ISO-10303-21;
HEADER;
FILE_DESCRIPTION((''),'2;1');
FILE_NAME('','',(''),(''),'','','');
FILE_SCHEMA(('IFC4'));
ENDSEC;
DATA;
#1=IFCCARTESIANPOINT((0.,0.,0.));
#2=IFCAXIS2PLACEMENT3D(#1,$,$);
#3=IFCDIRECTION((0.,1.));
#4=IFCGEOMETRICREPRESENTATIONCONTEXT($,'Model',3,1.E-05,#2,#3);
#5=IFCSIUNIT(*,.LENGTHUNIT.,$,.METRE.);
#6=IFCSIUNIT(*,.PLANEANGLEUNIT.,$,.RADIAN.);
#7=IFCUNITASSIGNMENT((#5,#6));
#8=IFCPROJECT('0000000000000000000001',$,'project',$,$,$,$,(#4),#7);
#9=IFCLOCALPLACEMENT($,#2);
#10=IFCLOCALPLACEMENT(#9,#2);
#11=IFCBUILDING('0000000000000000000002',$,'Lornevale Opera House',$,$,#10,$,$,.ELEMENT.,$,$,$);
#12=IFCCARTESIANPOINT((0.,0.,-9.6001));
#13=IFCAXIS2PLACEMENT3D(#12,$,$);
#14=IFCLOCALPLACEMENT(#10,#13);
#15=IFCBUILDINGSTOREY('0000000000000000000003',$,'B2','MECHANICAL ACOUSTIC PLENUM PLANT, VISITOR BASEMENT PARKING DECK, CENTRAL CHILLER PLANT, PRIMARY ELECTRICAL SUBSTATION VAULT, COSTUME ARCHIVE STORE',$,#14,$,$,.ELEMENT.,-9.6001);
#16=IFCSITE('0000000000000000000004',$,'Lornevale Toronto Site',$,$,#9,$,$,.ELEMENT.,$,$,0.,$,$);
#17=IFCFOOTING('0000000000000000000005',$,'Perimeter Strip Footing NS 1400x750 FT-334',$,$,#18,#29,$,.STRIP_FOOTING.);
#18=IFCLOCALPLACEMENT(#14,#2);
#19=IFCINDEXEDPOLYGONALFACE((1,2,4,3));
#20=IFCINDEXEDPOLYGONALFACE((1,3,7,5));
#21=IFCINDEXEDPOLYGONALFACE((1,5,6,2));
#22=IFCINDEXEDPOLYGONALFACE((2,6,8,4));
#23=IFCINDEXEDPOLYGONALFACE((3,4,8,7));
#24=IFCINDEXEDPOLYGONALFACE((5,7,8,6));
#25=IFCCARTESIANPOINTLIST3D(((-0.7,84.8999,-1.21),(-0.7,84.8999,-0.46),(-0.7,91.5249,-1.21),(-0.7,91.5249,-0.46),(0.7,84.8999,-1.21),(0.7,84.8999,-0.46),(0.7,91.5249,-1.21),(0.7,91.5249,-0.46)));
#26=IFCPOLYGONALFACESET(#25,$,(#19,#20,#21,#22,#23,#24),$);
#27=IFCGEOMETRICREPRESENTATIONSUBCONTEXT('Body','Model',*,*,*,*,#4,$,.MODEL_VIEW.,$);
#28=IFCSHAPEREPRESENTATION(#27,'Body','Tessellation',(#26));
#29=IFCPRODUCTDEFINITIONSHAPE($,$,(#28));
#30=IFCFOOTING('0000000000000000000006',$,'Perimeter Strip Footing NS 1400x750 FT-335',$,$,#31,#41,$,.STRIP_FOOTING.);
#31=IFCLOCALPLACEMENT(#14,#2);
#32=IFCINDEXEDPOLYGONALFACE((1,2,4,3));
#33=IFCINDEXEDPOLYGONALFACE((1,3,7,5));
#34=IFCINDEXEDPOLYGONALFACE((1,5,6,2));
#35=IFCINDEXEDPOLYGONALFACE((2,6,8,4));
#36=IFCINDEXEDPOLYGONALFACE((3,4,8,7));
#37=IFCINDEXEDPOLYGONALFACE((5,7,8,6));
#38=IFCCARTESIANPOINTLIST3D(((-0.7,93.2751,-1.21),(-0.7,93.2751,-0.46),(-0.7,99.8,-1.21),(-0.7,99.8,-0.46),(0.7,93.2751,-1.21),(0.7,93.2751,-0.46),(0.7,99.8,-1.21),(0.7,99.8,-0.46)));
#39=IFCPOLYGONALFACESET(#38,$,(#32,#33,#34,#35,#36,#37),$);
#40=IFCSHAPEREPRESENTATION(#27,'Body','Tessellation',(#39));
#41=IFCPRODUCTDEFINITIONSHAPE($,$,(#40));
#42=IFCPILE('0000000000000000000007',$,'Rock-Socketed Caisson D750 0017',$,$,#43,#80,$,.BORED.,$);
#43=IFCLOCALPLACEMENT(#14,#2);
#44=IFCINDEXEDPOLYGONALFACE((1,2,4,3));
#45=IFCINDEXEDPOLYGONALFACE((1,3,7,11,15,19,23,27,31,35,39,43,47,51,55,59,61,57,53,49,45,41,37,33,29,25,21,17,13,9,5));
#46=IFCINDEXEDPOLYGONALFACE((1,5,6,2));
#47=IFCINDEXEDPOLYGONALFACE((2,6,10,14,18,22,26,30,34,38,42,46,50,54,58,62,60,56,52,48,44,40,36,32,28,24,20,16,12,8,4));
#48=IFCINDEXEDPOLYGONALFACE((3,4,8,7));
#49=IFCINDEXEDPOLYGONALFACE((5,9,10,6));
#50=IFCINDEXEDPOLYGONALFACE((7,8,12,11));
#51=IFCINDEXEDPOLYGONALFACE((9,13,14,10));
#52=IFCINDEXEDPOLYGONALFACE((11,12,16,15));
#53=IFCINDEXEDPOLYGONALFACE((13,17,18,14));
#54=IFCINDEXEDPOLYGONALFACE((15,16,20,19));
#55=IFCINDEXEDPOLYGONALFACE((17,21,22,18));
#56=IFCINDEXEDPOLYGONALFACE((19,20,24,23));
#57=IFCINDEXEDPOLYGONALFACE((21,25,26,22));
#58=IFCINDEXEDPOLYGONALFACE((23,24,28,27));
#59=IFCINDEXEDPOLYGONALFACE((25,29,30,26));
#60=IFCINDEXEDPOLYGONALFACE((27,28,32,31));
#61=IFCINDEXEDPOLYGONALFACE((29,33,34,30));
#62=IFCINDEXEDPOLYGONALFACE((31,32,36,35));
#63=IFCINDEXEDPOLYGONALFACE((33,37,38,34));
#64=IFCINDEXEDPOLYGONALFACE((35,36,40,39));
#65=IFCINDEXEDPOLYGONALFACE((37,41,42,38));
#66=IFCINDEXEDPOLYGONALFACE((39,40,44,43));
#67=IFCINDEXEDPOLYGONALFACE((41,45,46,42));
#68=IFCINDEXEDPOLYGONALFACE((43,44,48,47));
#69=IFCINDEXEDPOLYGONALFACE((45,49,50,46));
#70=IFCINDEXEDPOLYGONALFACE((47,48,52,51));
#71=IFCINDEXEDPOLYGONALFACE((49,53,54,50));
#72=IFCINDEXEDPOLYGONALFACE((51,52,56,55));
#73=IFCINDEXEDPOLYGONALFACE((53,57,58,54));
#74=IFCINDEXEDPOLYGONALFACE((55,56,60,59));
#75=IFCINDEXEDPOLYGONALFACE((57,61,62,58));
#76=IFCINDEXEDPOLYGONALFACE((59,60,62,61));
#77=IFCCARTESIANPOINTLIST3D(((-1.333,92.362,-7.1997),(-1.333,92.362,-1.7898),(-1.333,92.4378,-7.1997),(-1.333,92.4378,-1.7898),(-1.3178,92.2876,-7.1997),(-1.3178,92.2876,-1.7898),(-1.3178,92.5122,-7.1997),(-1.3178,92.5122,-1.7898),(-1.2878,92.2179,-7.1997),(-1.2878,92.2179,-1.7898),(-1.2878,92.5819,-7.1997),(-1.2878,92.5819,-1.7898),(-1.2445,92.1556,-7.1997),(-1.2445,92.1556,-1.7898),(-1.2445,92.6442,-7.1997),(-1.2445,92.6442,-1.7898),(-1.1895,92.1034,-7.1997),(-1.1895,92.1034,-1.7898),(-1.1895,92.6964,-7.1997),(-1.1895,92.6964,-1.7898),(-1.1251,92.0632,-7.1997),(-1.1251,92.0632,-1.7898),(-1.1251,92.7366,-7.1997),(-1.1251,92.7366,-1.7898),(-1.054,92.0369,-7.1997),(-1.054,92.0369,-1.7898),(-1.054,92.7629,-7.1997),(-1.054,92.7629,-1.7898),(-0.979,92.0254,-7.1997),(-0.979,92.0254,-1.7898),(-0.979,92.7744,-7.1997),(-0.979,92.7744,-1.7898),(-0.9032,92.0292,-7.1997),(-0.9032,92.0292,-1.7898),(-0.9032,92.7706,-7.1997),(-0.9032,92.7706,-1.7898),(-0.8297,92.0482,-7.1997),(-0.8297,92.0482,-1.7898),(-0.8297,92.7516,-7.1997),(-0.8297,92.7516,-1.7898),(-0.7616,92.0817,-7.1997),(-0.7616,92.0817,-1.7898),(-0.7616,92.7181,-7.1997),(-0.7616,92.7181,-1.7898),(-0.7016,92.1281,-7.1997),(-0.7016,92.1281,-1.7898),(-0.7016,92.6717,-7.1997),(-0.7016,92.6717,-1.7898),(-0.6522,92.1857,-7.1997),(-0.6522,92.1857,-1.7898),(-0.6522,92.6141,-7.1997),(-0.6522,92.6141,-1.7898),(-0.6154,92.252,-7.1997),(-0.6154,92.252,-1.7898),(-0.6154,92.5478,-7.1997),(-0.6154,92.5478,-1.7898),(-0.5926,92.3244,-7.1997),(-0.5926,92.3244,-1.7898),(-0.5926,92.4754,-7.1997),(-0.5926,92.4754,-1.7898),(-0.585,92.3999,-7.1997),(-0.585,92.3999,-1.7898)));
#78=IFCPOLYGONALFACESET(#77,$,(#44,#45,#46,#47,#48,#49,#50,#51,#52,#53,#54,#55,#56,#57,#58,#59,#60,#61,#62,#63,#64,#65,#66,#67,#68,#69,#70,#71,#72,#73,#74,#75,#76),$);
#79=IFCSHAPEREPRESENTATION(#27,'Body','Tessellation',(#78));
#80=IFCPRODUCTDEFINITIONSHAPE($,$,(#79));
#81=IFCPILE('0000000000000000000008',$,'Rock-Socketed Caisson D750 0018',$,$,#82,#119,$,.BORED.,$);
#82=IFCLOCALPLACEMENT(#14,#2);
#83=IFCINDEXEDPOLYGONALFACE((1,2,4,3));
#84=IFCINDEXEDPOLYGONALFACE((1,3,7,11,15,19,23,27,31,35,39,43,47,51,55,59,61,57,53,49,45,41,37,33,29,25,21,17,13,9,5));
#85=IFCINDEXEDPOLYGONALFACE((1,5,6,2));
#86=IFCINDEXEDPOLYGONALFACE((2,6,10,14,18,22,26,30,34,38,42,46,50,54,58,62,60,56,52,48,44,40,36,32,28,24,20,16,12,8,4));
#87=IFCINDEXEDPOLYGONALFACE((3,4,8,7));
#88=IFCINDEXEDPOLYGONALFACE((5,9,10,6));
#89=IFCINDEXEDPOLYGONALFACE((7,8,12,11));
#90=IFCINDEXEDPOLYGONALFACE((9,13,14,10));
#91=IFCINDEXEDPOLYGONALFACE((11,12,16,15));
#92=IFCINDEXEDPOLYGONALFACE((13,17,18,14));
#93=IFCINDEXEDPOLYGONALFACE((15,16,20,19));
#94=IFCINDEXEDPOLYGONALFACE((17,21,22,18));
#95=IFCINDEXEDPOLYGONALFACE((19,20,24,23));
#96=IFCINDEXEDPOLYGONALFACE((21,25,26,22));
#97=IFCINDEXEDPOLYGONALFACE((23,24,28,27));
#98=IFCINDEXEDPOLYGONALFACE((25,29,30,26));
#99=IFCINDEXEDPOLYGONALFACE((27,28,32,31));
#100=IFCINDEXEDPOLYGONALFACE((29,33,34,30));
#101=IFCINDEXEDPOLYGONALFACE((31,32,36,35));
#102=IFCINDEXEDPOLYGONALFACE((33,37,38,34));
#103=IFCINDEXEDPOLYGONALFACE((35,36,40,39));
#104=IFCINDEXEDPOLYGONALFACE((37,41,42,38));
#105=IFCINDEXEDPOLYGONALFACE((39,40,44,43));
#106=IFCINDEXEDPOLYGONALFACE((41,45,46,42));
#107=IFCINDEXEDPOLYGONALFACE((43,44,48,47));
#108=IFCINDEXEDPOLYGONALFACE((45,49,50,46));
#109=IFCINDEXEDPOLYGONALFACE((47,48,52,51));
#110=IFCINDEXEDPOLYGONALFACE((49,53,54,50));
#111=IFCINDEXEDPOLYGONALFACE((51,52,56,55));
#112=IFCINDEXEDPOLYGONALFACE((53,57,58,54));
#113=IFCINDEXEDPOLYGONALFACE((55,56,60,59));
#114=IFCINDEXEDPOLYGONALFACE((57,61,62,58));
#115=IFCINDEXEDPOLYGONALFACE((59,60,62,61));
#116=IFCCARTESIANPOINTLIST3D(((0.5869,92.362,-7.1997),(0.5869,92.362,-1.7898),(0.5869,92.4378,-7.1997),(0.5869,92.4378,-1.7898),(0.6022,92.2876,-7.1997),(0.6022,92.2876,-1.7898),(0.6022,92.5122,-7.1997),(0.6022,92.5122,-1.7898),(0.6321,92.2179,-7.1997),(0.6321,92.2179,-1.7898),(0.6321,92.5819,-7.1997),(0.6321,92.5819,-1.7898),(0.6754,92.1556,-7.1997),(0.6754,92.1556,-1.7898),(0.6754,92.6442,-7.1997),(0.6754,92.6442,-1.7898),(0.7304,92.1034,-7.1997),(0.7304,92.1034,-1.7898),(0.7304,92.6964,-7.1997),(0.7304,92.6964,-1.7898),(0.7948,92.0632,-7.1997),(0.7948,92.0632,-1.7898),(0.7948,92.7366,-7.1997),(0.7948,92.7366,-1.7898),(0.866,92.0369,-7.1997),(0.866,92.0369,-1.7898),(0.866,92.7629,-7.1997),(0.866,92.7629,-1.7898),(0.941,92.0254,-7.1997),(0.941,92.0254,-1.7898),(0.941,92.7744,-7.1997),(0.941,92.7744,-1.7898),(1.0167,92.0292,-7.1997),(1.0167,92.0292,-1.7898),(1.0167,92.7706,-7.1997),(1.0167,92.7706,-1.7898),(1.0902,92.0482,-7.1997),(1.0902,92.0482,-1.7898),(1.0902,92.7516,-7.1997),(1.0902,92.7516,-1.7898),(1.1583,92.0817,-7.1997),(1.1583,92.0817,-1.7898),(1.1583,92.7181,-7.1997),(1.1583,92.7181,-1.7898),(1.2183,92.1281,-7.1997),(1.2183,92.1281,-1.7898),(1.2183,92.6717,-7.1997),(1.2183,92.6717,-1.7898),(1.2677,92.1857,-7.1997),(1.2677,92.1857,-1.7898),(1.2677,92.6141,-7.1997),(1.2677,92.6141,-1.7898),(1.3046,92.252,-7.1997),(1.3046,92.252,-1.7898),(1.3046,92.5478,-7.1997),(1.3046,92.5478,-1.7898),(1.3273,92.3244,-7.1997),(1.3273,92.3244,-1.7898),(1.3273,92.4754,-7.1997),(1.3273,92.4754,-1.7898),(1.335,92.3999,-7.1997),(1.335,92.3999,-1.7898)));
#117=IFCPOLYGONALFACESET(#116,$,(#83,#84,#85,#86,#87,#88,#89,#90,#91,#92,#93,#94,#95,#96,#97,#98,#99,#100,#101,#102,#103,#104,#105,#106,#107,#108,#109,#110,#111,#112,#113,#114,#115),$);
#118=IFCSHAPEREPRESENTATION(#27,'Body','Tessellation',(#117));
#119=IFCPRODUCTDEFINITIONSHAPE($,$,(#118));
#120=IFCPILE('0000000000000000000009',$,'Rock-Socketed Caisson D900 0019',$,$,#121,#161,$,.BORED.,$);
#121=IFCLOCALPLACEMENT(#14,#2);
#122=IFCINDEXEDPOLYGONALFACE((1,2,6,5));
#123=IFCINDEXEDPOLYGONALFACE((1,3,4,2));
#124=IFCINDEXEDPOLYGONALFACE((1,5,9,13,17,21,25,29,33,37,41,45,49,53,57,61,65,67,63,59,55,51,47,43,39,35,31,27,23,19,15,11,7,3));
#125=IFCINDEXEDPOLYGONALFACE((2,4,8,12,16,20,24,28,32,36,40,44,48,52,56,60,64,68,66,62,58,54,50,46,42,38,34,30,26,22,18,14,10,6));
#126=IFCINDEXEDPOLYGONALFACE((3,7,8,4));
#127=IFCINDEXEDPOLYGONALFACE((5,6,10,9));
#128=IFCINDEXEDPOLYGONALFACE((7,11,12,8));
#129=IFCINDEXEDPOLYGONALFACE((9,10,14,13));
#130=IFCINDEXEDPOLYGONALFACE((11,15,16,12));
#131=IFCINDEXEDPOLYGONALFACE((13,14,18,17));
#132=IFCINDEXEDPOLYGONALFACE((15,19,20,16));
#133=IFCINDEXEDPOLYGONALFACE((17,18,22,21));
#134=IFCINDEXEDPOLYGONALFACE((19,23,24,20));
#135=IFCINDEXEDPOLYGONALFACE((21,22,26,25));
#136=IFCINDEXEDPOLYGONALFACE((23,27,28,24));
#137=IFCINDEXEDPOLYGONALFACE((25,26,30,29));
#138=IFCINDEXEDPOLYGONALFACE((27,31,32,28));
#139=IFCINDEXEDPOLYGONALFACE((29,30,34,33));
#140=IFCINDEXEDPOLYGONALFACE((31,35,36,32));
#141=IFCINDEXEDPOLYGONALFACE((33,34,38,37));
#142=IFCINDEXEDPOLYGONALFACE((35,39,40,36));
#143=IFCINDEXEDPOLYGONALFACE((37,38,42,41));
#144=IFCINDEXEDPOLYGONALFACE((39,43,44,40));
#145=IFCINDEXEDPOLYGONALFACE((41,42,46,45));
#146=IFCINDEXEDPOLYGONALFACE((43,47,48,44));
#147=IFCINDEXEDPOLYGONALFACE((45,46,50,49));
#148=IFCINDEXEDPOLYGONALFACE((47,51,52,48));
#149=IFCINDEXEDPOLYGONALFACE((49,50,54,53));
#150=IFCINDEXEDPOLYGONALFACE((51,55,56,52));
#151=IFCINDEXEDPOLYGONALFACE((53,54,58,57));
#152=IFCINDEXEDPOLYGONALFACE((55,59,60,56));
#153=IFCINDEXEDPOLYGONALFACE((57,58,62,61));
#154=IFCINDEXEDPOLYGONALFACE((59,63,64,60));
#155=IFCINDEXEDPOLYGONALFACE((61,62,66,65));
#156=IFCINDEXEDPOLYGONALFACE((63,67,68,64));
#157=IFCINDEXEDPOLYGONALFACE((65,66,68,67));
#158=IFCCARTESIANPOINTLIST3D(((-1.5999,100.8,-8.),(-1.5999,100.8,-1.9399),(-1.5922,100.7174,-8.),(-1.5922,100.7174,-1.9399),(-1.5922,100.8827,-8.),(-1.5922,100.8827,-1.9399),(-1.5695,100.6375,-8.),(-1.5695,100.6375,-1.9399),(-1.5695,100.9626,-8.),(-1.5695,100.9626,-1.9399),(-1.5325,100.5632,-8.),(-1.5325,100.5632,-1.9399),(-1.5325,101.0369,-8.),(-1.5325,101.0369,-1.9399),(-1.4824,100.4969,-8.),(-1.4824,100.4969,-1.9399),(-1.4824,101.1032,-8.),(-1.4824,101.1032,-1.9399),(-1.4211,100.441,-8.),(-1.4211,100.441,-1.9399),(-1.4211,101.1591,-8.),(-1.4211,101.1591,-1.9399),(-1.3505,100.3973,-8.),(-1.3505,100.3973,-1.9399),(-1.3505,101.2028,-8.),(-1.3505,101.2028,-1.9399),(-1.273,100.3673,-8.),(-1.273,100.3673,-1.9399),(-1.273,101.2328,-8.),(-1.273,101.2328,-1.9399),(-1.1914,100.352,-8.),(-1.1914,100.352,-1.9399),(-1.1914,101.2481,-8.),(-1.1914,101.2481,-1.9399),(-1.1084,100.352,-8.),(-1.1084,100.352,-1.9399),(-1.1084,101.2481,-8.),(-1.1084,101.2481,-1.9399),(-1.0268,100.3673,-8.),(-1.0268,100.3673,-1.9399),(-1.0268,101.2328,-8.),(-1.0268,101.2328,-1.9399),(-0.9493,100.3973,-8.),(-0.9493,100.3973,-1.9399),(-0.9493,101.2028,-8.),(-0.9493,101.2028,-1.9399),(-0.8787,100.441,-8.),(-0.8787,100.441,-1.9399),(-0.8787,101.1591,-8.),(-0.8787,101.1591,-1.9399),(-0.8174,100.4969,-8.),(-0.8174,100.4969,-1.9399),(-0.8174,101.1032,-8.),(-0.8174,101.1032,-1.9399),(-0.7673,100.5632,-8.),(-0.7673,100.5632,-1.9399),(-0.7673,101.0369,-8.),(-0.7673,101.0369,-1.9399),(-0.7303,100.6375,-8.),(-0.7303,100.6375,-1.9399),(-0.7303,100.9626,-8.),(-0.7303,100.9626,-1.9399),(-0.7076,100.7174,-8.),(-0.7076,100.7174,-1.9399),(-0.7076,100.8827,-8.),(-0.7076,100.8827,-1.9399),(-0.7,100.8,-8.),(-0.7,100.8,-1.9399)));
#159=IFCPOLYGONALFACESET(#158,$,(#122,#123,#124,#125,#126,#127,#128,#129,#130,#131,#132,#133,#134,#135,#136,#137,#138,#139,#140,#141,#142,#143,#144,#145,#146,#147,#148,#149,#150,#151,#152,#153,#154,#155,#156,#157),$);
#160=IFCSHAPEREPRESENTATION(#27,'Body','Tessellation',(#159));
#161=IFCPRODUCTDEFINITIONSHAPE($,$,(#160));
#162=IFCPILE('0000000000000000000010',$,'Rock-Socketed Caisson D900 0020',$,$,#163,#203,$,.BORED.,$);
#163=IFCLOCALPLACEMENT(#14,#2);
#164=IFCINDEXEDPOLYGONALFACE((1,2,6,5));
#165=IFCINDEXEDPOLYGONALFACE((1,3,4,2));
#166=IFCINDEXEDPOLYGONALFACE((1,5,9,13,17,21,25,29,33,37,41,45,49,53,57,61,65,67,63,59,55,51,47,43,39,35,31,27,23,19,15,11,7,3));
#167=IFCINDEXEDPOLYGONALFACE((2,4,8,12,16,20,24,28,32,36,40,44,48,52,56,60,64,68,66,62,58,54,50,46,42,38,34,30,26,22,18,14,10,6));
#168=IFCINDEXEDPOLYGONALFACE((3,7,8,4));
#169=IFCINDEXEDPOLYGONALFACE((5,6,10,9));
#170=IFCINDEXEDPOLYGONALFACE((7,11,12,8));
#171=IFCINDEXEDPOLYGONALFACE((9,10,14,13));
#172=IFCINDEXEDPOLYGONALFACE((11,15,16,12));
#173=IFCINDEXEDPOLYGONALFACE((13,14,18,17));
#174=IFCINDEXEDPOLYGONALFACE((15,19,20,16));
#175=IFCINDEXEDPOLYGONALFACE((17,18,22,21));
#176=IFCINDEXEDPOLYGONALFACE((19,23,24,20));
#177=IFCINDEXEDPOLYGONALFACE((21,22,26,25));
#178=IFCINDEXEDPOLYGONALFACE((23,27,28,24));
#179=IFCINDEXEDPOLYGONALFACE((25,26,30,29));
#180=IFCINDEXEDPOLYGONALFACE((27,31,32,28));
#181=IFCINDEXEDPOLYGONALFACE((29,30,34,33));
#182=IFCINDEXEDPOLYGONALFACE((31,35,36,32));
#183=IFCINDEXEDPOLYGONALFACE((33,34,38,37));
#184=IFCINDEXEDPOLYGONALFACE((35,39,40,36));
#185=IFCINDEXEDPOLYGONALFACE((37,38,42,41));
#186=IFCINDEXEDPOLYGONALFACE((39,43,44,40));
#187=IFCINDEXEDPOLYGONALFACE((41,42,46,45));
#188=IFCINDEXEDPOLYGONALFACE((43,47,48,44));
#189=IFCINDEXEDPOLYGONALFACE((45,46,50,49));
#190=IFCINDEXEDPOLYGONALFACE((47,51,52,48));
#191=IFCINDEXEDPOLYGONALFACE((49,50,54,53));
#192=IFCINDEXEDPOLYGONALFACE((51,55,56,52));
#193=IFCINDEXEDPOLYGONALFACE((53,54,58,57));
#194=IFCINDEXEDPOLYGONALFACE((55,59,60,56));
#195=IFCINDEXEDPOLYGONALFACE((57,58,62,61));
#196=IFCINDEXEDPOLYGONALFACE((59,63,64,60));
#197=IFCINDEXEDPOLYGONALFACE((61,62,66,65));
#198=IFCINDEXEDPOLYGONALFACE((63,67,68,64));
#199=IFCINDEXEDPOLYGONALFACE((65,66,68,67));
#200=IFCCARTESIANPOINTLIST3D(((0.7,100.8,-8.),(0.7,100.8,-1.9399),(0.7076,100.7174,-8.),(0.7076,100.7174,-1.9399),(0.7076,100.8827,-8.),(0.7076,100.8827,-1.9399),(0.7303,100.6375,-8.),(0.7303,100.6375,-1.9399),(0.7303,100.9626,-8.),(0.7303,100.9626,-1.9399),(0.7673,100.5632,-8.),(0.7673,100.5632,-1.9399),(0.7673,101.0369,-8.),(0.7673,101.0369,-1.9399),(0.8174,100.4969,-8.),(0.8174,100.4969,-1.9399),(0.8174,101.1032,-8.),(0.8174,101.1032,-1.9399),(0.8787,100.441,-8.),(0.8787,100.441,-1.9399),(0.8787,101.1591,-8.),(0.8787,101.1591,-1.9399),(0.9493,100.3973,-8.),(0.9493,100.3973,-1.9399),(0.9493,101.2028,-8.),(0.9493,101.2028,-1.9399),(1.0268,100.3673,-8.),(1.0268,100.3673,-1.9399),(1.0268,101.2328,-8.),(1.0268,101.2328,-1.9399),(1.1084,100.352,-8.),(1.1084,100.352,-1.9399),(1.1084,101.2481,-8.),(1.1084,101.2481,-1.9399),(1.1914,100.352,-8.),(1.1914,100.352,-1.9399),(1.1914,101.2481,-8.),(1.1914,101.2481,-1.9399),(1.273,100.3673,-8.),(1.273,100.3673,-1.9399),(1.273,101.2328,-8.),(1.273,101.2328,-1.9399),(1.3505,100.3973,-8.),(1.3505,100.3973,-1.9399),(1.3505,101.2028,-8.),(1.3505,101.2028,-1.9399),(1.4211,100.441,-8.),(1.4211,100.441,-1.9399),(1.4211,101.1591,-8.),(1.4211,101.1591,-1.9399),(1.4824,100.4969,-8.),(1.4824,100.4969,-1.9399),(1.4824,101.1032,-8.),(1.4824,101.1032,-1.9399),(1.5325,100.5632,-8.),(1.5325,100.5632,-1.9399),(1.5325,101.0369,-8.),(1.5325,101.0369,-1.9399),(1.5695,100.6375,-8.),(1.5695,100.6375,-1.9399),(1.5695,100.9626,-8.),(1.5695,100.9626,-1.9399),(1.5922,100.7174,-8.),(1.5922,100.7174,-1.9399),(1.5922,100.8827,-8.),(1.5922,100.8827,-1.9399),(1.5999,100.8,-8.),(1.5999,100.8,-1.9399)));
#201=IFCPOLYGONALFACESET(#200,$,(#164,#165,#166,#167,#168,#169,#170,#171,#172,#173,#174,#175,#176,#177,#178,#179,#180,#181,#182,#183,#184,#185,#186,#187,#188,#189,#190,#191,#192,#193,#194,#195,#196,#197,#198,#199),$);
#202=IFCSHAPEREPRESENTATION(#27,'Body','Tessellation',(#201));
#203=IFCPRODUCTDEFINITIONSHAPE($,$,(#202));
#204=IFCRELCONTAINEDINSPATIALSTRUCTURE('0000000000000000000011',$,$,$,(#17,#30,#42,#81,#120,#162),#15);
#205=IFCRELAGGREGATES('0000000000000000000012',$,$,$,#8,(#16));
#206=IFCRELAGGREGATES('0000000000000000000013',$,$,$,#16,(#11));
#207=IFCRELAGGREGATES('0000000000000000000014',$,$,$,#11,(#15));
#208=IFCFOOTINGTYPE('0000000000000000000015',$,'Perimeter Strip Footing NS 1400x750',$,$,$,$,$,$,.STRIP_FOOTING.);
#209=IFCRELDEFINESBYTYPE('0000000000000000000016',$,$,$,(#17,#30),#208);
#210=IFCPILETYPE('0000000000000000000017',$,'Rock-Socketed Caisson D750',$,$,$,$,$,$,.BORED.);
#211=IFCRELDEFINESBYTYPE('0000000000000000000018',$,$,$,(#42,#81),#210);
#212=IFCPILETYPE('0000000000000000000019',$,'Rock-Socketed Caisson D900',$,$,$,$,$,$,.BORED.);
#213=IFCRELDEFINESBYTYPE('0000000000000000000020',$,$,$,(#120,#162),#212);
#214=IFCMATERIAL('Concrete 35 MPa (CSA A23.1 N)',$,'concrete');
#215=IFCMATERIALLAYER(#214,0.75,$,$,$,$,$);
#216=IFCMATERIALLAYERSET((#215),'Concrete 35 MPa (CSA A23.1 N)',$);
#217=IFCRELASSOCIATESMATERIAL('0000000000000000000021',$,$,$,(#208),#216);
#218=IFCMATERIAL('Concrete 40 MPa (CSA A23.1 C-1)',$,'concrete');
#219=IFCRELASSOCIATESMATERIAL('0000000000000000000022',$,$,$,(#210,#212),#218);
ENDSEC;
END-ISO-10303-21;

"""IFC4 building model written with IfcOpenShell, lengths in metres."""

from ifc_helpers import new_model, si_unit, direction, frame, origin, origin_2d, place, context, subcontext, project, spatial, rectangle, circle, extrude, material, layer, layer_set, material_profile, profile_set, type_object, element, save


model = new_model("IFC4")

# Units and contexts
model_context = context("Model", 3, precision=1e-05, world=origin(), true_north=direction((0.0, 1.0)))
body_context = subcontext(model_context, "Body", "Model", "MODEL_VIEW")
ifc_project = project(units=[si_unit("LENGTHUNIT", "METRE"), si_unit("PLANEANGLEUNIT", "RADIAN")], contexts=[model_context])

# Site, building, storey
site_placement = place(None, origin())
site = spatial("IfcSite", under=ifc_project, at=site_placement, Name="Lornevale Toronto Site", CompositionType="ELEMENT", RefElevation=0.0)
building_placement = place(site_placement, origin())
building = spatial("IfcBuilding", under=site, at=building_placement, Name="Lornevale Opera House", CompositionType="ELEMENT")
storey_placement = place(building_placement, frame((0.0, 0.0, -9.6001)))
storey = spatial("IfcBuildingStorey", under=building, at=storey_placement, Name="B2", Description="MECHANICAL ACOUSTIC PLENUM PLANT, VISITOR BASEMENT PARKING DECK, CENTRAL CHILLER PLANT, PRIMARY ELECTRICAL SUBSTATION VAULT, COSTUME ARCHIVE STORE", CompositionType="ELEMENT", Elevation=-9.6001)

# Footings
ifc_material_1 = material(Name="Concrete 35 MPa (CSA A23.1 N)", Category="concrete")
ifc_layer_1 = layer(ifc_material_1, 0.75)
ifc_layer_set_1 = layer_set([ifc_layer_1], Name="Concrete 35 MPa (CSA A23.1 N)")
footing_type_1 = type_object("IfcFootingType", Name="Perimeter Strip Footing NS 1400x750", PredefinedType="STRIP_FOOTING", material=ifc_layer_set_1)
footing_1_placement = place(storey_placement, frame((0.0, 88.2124, -1.21), z_axis=(0.0, 0.0, 1.0), x_axis=(1.0, 0.0, 0.0)))
element("IfcFooting", 1, at=footing_1_placement, inside=storey, type_object=footing_type_1, Name="Perimeter Strip Footing NS 1400x750 FT-334", PredefinedType="STRIP_FOOTING", context=body_context, shape_type="SweptSolid", body=[
    extrude(rectangle(XDim=1.3999, YDim=6.625, at=origin_2d()), origin(), (0.0, 0.0, 1.0), 0.75),
])
footing_2_placement = place(storey_placement, frame((0.0, 96.5376, -1.21), z_axis=(0.0, 0.0, 1.0), x_axis=(1.0, 0.0, 0.0)))
element("IfcFooting", 2, at=footing_2_placement, inside=storey, type_object=footing_type_1, Name="Perimeter Strip Footing NS 1400x750 FT-335", PredefinedType="STRIP_FOOTING", context=body_context, shape_type="SweptSolid", body=[
    extrude(rectangle(XDim=1.3999, YDim=6.5249, at=origin_2d()), origin(), (0.0, 0.0, 1.0), 0.75),
])

# Piles
ifc_material_2 = material(Name="Concrete 40 MPa (CSA A23.1 C-1)", Category="concrete")
ifc_material_profile_1 = material_profile(ifc_material_2, circle(Radius=0.375, at=origin_2d()), Name="CAIS750")
ifc_profile_set_1 = profile_set([ifc_material_profile_1], Name="Concrete 40 MPa (CSA A23.1 C-1)")
pile_type_1 = type_object("IfcPileType", Name="Rock-Socketed Caisson D750", PredefinedType="BORED", material=ifc_profile_set_1)
for number, where, z_axis, x_axis, name in (
    (3, (-0.96, 92.3999, -1.7898), (0.0, 0.0, -1.0), (1.0, 0.0, 0.0), "Rock-Socketed Caisson D750 0017"),
    (4, (0.96, 92.3999, -1.7898), (0.0, 0.0, -1.0), (1.0, 0.0, 0.0), "Rock-Socketed Caisson D750 0018"),
):
    element("IfcPile", number, at=place(storey_placement, frame(where, z_axis=z_axis, x_axis=x_axis)), inside=storey, type_object=pile_type_1, Name=name, PredefinedType="BORED", context=body_context, shape_type="SweptSolid", body=[
        extrude(circle(Radius=0.375, at=origin_2d()), origin(), (0.0, 0.0, 1.0), 5.4099),
    ])
ifc_material_profile_2 = material_profile(ifc_material_2, circle(Radius=0.45, at=origin_2d()), Name="CAIS900")
ifc_profile_set_2 = profile_set([ifc_material_profile_2], Name="Concrete 40 MPa (CSA A23.1 C-1)")
pile_type_2 = type_object("IfcPileType", Name="Rock-Socketed Caisson D900", PredefinedType="BORED", material=ifc_profile_set_2)
for number, where, z_axis, x_axis, name in (
    (5, (-1.1499, 100.8, -1.9399), (0.0, 0.0, -1.0), (1.0, 0.0, 0.0), "Rock-Socketed Caisson D900 0019"),
    (6, (1.1499, 100.8, -1.9399), (0.0, 0.0, -1.0), (1.0, 0.0, 0.0), "Rock-Socketed Caisson D900 0020"),
):
    element("IfcPile", number, at=place(storey_placement, frame(where, z_axis=z_axis, x_axis=x_axis)), inside=storey, type_object=pile_type_2, Name=name, PredefinedType="BORED", context=body_context, shape_type="SweptSolid", body=[
        extrude(circle(Radius=0.45, at=origin_2d()), origin(), (0.0, 0.0, 1.0), 6.0601),
    ])

save(model, "model.ifc")
